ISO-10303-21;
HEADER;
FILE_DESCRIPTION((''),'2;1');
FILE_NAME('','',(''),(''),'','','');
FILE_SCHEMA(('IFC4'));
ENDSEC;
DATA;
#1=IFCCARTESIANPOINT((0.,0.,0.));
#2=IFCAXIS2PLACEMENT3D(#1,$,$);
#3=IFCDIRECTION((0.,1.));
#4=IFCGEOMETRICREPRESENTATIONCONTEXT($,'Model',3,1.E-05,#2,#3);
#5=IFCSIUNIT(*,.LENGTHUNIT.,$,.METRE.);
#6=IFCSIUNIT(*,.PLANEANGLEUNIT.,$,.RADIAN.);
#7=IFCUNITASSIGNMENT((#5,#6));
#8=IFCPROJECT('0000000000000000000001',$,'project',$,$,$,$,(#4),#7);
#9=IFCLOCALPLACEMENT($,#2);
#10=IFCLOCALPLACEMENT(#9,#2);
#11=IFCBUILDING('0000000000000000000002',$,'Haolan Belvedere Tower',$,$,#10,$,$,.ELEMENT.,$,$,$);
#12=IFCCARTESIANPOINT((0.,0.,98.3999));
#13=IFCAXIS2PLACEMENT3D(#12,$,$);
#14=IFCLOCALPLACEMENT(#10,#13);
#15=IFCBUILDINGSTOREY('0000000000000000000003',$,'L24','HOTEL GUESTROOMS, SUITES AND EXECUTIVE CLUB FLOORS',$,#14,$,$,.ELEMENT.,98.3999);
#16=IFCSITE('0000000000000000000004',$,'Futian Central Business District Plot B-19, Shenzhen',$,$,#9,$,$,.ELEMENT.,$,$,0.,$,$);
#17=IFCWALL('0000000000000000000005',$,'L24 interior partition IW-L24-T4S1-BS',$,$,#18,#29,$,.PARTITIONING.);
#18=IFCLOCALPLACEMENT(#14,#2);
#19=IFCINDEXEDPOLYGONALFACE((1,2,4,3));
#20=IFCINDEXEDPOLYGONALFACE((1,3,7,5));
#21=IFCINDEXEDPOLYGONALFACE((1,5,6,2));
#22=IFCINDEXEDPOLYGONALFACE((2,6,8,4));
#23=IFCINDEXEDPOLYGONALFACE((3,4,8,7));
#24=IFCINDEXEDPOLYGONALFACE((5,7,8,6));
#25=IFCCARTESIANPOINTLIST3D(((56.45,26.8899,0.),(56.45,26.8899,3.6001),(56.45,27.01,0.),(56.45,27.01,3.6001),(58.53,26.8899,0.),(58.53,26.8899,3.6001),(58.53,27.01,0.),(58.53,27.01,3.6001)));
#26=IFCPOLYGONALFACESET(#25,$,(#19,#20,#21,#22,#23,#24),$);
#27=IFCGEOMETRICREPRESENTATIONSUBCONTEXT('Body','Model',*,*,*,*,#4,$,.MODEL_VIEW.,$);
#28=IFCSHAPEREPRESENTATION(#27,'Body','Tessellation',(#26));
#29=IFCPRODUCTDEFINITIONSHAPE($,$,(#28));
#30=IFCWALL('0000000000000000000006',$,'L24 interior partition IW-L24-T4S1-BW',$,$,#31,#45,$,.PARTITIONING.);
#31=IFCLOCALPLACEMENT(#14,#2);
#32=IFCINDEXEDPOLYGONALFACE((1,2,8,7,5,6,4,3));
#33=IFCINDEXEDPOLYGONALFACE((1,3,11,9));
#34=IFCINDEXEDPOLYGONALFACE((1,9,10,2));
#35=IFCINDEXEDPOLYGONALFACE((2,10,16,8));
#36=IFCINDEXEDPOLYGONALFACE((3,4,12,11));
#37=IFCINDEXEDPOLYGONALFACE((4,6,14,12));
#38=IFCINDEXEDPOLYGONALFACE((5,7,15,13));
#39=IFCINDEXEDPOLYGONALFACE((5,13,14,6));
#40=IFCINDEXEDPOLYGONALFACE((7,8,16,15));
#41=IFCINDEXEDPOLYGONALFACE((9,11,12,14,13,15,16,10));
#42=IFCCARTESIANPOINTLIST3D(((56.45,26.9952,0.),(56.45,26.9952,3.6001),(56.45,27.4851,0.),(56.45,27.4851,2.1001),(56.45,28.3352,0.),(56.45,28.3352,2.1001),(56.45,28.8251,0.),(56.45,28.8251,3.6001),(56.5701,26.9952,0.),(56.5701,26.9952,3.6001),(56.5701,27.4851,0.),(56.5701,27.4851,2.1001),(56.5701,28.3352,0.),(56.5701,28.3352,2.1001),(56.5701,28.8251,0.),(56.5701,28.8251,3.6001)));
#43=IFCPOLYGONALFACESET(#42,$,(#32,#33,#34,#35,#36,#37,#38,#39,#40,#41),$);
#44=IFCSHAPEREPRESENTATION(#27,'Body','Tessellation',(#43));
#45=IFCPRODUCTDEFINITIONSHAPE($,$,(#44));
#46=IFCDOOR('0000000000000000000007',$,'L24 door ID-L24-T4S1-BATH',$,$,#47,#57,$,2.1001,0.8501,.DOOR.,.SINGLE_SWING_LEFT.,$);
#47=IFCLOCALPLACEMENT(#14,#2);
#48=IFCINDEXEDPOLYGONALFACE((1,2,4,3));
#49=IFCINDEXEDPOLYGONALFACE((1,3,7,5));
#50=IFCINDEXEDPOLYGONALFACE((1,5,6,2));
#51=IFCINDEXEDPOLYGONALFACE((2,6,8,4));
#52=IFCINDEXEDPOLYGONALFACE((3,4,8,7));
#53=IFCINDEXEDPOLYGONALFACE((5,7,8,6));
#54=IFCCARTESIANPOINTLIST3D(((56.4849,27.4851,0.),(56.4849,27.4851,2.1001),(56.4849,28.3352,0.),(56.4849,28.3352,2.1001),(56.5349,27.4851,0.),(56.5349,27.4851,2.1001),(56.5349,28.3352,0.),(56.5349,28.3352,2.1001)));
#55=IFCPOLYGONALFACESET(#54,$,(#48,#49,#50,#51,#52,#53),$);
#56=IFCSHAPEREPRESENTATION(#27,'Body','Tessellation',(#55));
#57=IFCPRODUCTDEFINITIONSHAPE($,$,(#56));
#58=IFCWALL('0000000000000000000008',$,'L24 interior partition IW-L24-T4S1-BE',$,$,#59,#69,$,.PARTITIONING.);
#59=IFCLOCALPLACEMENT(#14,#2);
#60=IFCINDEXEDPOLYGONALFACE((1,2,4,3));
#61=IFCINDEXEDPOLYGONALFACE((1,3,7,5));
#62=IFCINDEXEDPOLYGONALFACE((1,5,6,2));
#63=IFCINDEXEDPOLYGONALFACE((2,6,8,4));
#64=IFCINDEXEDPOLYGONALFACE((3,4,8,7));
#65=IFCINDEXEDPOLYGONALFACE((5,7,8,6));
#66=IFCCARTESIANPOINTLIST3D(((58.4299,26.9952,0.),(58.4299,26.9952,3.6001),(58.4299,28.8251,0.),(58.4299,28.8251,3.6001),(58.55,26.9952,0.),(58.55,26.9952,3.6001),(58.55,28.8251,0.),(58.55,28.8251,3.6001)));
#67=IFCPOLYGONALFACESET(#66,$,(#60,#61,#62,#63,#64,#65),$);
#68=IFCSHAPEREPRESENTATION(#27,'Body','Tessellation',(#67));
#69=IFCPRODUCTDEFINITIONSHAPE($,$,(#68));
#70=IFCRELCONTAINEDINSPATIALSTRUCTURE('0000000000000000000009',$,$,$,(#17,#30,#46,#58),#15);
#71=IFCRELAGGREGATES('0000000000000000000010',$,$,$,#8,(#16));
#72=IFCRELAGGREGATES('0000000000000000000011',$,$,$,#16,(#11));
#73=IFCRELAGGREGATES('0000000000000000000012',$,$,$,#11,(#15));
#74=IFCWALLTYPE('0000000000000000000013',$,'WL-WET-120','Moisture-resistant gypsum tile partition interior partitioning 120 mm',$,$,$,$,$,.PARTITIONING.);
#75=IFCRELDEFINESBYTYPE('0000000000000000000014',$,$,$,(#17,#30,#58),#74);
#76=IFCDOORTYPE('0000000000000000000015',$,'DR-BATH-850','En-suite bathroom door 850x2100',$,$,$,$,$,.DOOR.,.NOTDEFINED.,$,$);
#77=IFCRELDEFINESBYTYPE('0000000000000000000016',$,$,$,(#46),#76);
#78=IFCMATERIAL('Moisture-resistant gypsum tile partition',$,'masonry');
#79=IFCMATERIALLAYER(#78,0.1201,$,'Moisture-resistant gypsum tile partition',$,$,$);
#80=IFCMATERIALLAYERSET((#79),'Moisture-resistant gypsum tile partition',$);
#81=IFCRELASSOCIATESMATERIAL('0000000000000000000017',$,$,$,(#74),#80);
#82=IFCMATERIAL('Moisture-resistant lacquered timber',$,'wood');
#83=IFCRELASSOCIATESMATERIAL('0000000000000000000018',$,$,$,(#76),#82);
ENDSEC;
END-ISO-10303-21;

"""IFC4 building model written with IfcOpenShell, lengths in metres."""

from ifc_helpers import new_model, si_unit, direction, frame, frame_2d, origin, place, context, subcontext, project, spatial, rectangle, extrude, material, layer, layer_set, type_object, element, fill, save


model = new_model("IFC4")

# Units and contexts
model_context = context("Model", 3, precision=1e-05, world=origin(), true_north=direction((0.0, 1.0)))
body_context = subcontext(model_context, "Body", "Model", "MODEL_VIEW")
ifc_project = project(units=[si_unit("LENGTHUNIT", "METRE"), si_unit("PLANEANGLEUNIT", "RADIAN")], contexts=[model_context])

# Site, building, storey
site_placement = place(None, origin())
site = spatial("IfcSite", under=ifc_project, at=site_placement, Name="Futian Central Business District Plot B-19, Shenzhen", CompositionType="ELEMENT", RefElevation=0.0)
building_placement = place(site_placement, origin())
building = spatial("IfcBuilding", under=site, at=building_placement, Name="Haolan Belvedere Tower", CompositionType="ELEMENT")
storey_placement = place(building_placement, frame((0.0, 0.0, 98.3999)))
storey = spatial("IfcBuildingStorey", under=building, at=storey_placement, Name="L24", Description="HOTEL GUESTROOMS, SUITES AND EXECUTIVE CLUB FLOORS", CompositionType="ELEMENT", Elevation=98.3999)

# Shared definitions
ifc_material_1 = material(Name="Moisture-resistant gypsum tile partition", Category="masonry")
ifc_layer_1 = layer(ifc_material_1, 0.1201, Name="Moisture-resistant gypsum tile partition")
ifc_layer_set_1 = layer_set([ifc_layer_1], Name="Moisture-resistant gypsum tile partition")
wall_type_1 = type_object("IfcWallType", Name="WL-WET-120", Description="Moisture-resistant gypsum tile partition interior partitioning 120 mm", PredefinedType="PARTITIONING", material=ifc_layer_set_1)

# Shared definitions
ifc_material_2 = material(Name="Moisture-resistant lacquered timber", Category="wood")
door_type_1 = type_object("IfcDoorType", Name="DR-BATH-850", Description="En-suite bathroom door 850x2100", OperationType="NOTDEFINED", PredefinedType="DOOR", material=ifc_material_2)

# Wall
for number, where, z_axis, x_axis, name in (
    (1, (56.45, 26.95, 0.0), (0.0, 0.0, 1.0), (1.0, 0.0, 0.0), "L24 interior partition IW-L24-T4S1-BS"),
):
    element("IfcWall", number, at=place(storey_placement, frame(where, z_axis=z_axis, x_axis=x_axis)), inside=storey, type_object=wall_type_1, Name=name, PredefinedType="PARTITIONING", context=body_context, shape_type="SweptSolid", body=[
        extrude(rectangle(XDim=2.0801, YDim=0.1201, at=frame_2d((1.04, 0.0))), origin(), (0.0, 0.0, 1.0), 3.6001),
    ])

# Wall, opening, door
wall_1_placement = place(storey_placement, frame((56.51, 26.9951, 0.0), z_axis=(0.0, 0.0, 1.0), x_axis=(0.0, 1.0, 0.0)))
wall_1 = element("IfcWall", 2, at=wall_1_placement, inside=storey, type_object=wall_type_1, Name="L24 interior partition IW-L24-T4S1-BW", PredefinedType="PARTITIONING", context=body_context, shape_type="SweptSolid", body=[
    extrude(rectangle(XDim=1.8298, YDim=0.1201, at=frame_2d((0.915, 0.0))), origin(), (0.0, 0.0, 1.0), 3.6001),
])
opening_1_placement = place(wall_1_placement, frame((1.3401, 0.0, 0.0), z_axis=(0.0, 0.0, 1.0), x_axis=(-1.0, 0.0, 0.0)))
opening_1 = element("IfcOpeningElement", 3, at=opening_1_placement, cuts=wall_1, PredefinedType="OPENING", context=body_context, shape_type="SweptSolid", body=[
    extrude(rectangle(XDim=0.8501, YDim=2.1001, at=frame_2d((0.425, 1.05))), frame((0.0, 0.0701, 0.0), z_axis=(0.0, -1.0, 0.0), x_axis=(1.0, 0.0, 0.0)), (0.0, 0.0, 1.0), 0.1401),
])
door_1_placement = place(opening_1_placement, origin())
door_1 = element("IfcDoor", 4, at=door_1_placement, inside=storey, type_object=door_type_1, Name="L24 door ID-L24-T4S1-BATH", OperationType="SINGLE_SWING_LEFT", OverallHeight=2.1001, OverallWidth=0.8501, PredefinedType="DOOR", context=body_context, shape_type="SweptSolid", body=[
    extrude(rectangle(XDim=0.8501, YDim=2.1001, at=frame_2d((0.425, 1.05))), frame((0.0, 0.0249, 0.0), z_axis=(0.0, -1.0, 0.0), x_axis=(1.0, 0.0, 0.0)), (0.0, 0.0, 1.0), 0.05),
])
fill(opening_1, door_1)

# Wall
wall_2_placement = place(storey_placement, frame((58.49, 26.9951, 0.0), z_axis=(0.0, 0.0, 1.0), x_axis=(0.0, 1.0, 0.0)))
element("IfcWall", 5, at=wall_2_placement, inside=storey, type_object=wall_type_1, Name="L24 interior partition IW-L24-T4S1-BE", PredefinedType="PARTITIONING", context=body_context, shape_type="SweptSolid", body=[
    extrude(rectangle(XDim=1.8298, YDim=0.1201, at=frame_2d((0.915, 0.0))), origin(), (0.0, 0.0, 1.0), 3.6001),
])

save(model, "model.ifc")
